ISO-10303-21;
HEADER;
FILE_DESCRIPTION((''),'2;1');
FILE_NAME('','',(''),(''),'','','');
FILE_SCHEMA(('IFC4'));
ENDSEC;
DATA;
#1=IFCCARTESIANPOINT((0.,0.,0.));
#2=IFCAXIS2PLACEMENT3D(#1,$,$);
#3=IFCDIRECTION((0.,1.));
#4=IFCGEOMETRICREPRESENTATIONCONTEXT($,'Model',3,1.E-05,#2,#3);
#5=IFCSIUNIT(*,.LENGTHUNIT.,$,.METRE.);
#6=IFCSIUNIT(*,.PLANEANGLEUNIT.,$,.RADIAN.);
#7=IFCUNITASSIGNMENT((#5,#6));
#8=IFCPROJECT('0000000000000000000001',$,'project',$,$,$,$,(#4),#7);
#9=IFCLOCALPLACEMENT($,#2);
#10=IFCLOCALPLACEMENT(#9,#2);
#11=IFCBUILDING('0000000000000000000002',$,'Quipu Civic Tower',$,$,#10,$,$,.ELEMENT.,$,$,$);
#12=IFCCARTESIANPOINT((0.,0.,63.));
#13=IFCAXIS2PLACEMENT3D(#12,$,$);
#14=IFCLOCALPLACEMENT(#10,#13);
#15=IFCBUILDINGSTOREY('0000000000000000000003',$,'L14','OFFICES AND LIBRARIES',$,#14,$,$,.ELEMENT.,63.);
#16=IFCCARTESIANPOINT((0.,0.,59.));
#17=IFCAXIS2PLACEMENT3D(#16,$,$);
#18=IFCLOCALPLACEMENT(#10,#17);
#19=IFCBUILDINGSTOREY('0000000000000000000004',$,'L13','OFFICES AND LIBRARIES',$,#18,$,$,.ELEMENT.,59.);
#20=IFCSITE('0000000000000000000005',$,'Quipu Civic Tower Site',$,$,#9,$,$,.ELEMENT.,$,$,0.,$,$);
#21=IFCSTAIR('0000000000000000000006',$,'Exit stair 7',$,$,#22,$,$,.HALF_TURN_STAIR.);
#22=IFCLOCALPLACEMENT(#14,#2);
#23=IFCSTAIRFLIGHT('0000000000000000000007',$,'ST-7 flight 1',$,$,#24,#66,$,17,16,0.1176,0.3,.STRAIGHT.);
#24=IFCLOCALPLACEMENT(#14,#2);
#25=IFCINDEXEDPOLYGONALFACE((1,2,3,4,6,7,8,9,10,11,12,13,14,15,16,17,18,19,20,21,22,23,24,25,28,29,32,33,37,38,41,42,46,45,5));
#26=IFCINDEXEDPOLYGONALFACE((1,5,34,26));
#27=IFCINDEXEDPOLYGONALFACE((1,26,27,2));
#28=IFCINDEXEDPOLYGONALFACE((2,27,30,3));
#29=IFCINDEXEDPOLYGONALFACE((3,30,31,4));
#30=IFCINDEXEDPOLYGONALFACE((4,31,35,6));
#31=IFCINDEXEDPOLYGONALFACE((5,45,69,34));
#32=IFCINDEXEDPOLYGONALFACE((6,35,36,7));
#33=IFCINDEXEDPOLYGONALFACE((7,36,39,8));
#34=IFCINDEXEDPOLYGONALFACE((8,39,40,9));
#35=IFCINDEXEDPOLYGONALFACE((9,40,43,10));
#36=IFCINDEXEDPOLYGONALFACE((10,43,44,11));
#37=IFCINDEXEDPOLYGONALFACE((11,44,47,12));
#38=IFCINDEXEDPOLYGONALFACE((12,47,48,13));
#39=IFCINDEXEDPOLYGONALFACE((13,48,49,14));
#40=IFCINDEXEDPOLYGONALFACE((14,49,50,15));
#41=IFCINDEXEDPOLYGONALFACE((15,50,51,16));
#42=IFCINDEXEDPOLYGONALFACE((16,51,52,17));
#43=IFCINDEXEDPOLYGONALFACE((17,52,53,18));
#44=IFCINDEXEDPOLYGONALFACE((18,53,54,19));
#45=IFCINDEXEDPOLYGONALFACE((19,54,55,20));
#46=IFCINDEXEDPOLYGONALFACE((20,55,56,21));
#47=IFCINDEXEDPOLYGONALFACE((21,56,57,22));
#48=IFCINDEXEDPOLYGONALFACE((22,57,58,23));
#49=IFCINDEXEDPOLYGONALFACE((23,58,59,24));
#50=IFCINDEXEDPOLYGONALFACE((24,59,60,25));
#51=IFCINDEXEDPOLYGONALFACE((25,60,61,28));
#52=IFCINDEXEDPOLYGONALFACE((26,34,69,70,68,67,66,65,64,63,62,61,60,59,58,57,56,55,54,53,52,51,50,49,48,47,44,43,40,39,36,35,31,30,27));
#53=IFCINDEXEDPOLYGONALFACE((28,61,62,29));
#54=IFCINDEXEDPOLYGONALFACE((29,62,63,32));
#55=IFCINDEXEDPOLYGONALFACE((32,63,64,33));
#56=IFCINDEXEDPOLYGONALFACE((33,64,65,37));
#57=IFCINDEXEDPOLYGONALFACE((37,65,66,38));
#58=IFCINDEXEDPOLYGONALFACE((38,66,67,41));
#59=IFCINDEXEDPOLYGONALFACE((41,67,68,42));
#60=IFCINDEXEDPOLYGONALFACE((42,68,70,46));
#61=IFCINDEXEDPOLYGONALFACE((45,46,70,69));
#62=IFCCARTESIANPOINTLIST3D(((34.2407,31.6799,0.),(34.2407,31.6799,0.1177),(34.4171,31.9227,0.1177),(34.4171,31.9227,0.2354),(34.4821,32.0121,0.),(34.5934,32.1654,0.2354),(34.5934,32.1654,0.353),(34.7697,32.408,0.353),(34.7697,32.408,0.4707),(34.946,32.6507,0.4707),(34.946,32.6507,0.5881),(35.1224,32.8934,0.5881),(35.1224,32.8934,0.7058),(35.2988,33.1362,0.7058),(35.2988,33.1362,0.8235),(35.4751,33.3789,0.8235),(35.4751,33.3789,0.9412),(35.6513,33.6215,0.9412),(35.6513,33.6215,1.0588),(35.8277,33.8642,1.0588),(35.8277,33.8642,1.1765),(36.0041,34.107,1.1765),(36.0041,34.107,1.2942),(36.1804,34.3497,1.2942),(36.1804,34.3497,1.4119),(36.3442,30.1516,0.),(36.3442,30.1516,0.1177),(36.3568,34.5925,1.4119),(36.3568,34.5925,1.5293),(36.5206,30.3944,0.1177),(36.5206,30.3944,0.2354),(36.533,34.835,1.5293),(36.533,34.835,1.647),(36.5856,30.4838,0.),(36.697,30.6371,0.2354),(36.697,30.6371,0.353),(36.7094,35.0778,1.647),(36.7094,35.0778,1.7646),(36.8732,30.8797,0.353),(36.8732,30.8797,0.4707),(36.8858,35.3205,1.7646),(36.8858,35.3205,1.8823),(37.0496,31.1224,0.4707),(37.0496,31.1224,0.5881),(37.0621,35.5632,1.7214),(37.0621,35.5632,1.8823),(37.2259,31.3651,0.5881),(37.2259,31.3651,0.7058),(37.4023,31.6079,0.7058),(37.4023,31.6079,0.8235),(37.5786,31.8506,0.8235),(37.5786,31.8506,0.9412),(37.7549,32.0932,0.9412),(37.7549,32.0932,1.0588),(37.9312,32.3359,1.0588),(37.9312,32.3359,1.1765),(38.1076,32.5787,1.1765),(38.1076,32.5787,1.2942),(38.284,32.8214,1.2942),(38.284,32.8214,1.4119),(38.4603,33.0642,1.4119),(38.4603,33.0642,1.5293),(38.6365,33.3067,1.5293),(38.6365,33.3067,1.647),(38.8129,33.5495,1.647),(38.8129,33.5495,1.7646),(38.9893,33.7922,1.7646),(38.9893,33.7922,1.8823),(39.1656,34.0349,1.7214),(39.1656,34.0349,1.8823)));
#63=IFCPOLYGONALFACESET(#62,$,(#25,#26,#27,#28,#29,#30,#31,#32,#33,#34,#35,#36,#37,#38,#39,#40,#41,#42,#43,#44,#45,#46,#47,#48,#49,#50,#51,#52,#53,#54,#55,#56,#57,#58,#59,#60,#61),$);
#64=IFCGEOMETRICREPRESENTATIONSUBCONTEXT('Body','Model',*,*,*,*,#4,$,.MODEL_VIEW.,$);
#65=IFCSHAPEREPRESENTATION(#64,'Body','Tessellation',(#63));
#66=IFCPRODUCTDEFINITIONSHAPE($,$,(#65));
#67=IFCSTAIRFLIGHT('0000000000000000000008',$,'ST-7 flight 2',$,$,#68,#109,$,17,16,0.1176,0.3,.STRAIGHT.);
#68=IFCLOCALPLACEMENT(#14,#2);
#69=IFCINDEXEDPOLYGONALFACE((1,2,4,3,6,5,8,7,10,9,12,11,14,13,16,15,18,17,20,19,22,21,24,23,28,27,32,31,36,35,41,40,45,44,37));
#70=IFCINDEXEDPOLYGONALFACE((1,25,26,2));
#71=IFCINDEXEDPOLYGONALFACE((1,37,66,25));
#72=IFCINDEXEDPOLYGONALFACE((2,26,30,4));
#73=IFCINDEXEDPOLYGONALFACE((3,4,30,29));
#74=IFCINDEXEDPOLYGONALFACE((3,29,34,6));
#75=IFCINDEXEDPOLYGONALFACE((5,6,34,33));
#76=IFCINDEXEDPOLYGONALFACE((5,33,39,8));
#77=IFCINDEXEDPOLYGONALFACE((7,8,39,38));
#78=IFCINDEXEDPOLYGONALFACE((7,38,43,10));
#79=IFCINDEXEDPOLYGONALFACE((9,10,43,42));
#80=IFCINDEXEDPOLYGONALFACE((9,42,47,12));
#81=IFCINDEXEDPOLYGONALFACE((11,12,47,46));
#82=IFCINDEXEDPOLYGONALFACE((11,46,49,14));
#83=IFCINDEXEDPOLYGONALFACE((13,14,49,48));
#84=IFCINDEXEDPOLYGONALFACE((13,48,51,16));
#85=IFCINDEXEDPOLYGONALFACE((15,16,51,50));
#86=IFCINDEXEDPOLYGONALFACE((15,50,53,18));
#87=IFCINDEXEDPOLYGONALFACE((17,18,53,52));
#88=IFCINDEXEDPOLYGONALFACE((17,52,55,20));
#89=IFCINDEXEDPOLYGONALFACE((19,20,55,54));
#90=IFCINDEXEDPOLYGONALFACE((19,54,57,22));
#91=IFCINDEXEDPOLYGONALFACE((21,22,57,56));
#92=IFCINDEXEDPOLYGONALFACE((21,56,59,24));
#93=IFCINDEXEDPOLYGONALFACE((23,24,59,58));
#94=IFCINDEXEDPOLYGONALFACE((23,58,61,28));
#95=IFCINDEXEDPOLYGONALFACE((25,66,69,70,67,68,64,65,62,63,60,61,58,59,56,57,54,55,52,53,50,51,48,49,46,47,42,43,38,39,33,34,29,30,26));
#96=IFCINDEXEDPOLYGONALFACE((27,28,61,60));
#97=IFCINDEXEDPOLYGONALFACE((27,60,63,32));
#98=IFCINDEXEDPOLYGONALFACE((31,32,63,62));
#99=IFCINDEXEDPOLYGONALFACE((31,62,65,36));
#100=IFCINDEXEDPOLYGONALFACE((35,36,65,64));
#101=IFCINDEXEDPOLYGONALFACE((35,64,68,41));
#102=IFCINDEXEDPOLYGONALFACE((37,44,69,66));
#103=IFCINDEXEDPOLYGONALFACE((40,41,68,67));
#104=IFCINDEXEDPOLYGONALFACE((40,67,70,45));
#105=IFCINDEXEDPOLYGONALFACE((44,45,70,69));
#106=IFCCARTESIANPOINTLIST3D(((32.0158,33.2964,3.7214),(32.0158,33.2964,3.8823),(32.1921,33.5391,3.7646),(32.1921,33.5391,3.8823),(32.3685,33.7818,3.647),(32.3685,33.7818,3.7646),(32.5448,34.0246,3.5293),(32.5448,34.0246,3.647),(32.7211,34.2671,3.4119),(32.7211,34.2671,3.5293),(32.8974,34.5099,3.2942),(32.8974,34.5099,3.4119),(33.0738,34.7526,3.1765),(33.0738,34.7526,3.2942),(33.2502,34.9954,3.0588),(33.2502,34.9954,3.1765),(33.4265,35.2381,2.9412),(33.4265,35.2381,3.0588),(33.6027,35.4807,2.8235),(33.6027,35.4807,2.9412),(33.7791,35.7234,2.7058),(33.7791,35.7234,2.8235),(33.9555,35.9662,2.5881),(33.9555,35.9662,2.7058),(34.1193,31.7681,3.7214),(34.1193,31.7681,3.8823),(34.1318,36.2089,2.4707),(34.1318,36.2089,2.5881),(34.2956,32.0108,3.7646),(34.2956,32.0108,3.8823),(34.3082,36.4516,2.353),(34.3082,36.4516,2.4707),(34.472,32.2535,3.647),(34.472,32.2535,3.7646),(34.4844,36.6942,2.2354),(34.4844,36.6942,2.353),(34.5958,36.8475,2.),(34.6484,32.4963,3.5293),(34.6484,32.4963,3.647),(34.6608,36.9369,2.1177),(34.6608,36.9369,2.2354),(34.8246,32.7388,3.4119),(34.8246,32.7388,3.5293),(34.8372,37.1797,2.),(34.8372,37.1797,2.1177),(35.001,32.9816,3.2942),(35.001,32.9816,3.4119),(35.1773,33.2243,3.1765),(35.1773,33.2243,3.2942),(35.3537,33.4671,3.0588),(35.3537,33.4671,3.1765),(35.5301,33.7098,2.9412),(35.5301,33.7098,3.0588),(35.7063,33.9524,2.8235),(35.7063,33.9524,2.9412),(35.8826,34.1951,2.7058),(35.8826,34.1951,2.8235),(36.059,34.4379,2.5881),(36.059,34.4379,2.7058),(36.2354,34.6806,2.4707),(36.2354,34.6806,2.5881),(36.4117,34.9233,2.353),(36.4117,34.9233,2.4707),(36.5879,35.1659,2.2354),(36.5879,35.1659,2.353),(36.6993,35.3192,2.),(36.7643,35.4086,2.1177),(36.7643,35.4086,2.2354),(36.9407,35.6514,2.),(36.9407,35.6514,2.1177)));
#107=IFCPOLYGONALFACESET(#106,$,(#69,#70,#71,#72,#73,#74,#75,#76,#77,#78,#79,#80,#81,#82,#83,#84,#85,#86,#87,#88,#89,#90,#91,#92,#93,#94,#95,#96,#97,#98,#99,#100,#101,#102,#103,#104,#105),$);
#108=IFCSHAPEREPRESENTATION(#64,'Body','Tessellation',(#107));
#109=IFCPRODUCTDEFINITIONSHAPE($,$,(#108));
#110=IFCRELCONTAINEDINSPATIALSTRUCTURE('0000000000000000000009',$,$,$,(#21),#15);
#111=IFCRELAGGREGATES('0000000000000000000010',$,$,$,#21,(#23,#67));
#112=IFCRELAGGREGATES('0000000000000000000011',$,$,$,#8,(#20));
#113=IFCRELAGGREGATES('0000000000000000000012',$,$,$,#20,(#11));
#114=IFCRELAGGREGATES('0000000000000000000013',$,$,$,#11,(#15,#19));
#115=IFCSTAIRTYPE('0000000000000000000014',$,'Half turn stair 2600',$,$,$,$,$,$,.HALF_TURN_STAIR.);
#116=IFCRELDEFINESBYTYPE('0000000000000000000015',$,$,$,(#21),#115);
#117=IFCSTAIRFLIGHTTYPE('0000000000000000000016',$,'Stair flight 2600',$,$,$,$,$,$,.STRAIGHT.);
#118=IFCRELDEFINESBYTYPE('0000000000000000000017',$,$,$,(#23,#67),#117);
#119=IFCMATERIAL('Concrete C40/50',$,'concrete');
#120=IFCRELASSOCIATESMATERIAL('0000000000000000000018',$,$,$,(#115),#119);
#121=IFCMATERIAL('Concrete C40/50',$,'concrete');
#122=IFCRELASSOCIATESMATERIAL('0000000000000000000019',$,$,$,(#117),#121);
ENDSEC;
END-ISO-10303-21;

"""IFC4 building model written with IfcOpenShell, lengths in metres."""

from ifc_helpers import new_model, si_unit, direction, frame, origin, place, context, subcontext, project, spatial, polyline, outline, extrude, material, type_object, element, aggregate, save


model = new_model("IFC4")

# Units and contexts
model_context = context("Model", 3, precision=1e-05, world=origin(), true_north=direction((0.0, 1.0)))
body_context = subcontext(model_context, "Body", "Model", "MODEL_VIEW")
ifc_project = project(units=[si_unit("LENGTHUNIT", "METRE"), si_unit("PLANEANGLEUNIT", "RADIAN")], contexts=[model_context])

# Site, building, storey
site_placement = place(None, origin())
site = spatial("IfcSite", under=ifc_project, at=site_placement, Name="Quipu Civic Tower Site", CompositionType="ELEMENT", RefElevation=0.0)
building_placement = place(site_placement, origin())
building = spatial("IfcBuilding", under=site, at=building_placement, Name="Quipu Civic Tower", CompositionType="ELEMENT")
storey_1_placement = place(building_placement, frame((0.0, 0.0, 63.0)))
storey_1 = spatial("IfcBuildingStorey", under=building, at=storey_1_placement, Name="L14", Description="OFFICES AND LIBRARIES", CompositionType="ELEMENT", Elevation=63.0)

# Shared definitions
storey_2_placement = place(building_placement, frame((0.0, 0.0, 59.0)))
storey_2 = spatial("IfcBuildingStorey", under=building, at=storey_2_placement, Name="L13", Description="OFFICES AND LIBRARIES", CompositionType="ELEMENT", Elevation=59.0)

# Stair, stair flights
ifc_material_1 = material(Name="Concrete C40/50", Category="concrete")
stair_type = type_object("IfcStairType", Name="Half turn stair 2600", PredefinedType="HALF_TURN_STAIR", material=ifc_material_1)
stair_placement = place(storey_1_placement, origin())
stair = element("IfcStair", 1, at=stair_placement, inside=storey_1, type_object=stair_type, Name="Exit stair 7", PredefinedType="HALF_TURN_STAIR")
ifc_material_2 = material(Name="Concrete C40/50", Category="concrete")
stair_flight_type = type_object("IfcStairFlightType", Name="Stair flight 2600", PredefinedType="STRAIGHT", material=ifc_material_2)
stair_flight_1_placement = place(storey_1_placement, frame((35.2925, 30.9158, 0.0), z_axis=(0.0, 0.0, 1.0), x_axis=(0.587785, 0.809017, 0.0)))
stair_flight_1 = element("IfcStairFlight", 2, at=stair_flight_1_placement, type_object=stair_flight_type, Name="ST-7 flight 1", NumberOfRisers=17, NumberOfTreads=16, PredefinedType="STRAIGHT", RiserHeight=0.1176, TreadLength=0.3, context=body_context, shape_type="SweptSolid", body=[
    extrude(outline(polyline([(0.0, 0.0), (0.0, 0.1177), (0.3, 0.1177), (0.3, 0.2354), (0.6001, 0.2354), (0.6001, 0.353), (0.8999, 0.353), (0.8999, 0.4707), (1.2, 0.4707), (1.2, 0.5881), (1.5, 0.5881), (1.5, 0.7058), (1.8, 0.7058), (1.8, 0.8235), (2.1001, 0.8235), (2.1001, 0.9412), (2.3999, 0.9412), (2.3999, 1.0588), (2.7, 1.0588), (2.7, 1.1765), (3.0, 1.1765), (3.0, 1.2942), (3.3, 1.2942), (3.3, 1.4119), (3.6001, 1.4119), (3.6001, 1.5293), (3.8999, 1.5293), (3.8999, 1.647), (4.2, 1.647), (4.2, 1.7646), (4.5, 1.7646), (4.5, 1.8823), (4.8, 1.8823), (4.8, 2.0), (4.8, 1.7214), (0.4106, 0.0), (0.0, 0.0)])), frame((0.0, 1.3, 0.0), z_axis=(0.0, -1.0, 0.0), x_axis=(1.0, 0.0, 0.0)), (0.0, 0.0, 1.0), 2.6001),
])
stair_flight_2_placement = place(storey_1_placement, frame((35.8889, 36.4155, 2.0), z_axis=(0.0, 0.0, 1.0), x_axis=(-0.587785, -0.809017, 0.0)))
stair_flight_2 = element("IfcStairFlight", 3, at=stair_flight_2_placement, type_object=stair_flight_type, Name="ST-7 flight 2", NumberOfRisers=17, NumberOfTreads=16, PredefinedType="STRAIGHT", RiserHeight=0.1176, TreadLength=0.3, context=body_context, shape_type="SweptSolid", body=[
    extrude(outline(polyline([(0.0, 0.0), (0.0, 0.1177), (0.3, 0.1177), (0.3, 0.2354), (0.6001, 0.2354), (0.6001, 0.353), (0.8999, 0.353), (0.8999, 0.4707), (1.2, 0.4707), (1.2, 0.5881), (1.5, 0.5881), (1.5, 0.7058), (1.8, 0.7058), (1.8, 0.8235), (2.1001, 0.8235), (2.1001, 0.9412), (2.3999, 0.9412), (2.3999, 1.0588), (2.7, 1.0588), (2.7, 1.1765), (3.0, 1.1765), (3.0, 1.2942), (3.3, 1.2942), (3.3, 1.4119), (3.6001, 1.4119), (3.6001, 1.5293), (3.8999, 1.5293), (3.8999, 1.647), (4.2, 1.647), (4.2, 1.7646), (4.5, 1.7646), (4.5, 1.8823), (4.8, 1.8823), (4.8, 2.0), (4.8, 1.7214), (0.4106, 0.0), (0.0, 0.0)])), frame((0.0, 1.3, 0.0), z_axis=(0.0, -1.0, 0.0), x_axis=(1.0, 0.0, 0.0)), (0.0, 0.0, 1.0), 2.6001),
])
aggregate(stair, [stair_flight_1, stair_flight_2])

save(model, "model.ifc")
